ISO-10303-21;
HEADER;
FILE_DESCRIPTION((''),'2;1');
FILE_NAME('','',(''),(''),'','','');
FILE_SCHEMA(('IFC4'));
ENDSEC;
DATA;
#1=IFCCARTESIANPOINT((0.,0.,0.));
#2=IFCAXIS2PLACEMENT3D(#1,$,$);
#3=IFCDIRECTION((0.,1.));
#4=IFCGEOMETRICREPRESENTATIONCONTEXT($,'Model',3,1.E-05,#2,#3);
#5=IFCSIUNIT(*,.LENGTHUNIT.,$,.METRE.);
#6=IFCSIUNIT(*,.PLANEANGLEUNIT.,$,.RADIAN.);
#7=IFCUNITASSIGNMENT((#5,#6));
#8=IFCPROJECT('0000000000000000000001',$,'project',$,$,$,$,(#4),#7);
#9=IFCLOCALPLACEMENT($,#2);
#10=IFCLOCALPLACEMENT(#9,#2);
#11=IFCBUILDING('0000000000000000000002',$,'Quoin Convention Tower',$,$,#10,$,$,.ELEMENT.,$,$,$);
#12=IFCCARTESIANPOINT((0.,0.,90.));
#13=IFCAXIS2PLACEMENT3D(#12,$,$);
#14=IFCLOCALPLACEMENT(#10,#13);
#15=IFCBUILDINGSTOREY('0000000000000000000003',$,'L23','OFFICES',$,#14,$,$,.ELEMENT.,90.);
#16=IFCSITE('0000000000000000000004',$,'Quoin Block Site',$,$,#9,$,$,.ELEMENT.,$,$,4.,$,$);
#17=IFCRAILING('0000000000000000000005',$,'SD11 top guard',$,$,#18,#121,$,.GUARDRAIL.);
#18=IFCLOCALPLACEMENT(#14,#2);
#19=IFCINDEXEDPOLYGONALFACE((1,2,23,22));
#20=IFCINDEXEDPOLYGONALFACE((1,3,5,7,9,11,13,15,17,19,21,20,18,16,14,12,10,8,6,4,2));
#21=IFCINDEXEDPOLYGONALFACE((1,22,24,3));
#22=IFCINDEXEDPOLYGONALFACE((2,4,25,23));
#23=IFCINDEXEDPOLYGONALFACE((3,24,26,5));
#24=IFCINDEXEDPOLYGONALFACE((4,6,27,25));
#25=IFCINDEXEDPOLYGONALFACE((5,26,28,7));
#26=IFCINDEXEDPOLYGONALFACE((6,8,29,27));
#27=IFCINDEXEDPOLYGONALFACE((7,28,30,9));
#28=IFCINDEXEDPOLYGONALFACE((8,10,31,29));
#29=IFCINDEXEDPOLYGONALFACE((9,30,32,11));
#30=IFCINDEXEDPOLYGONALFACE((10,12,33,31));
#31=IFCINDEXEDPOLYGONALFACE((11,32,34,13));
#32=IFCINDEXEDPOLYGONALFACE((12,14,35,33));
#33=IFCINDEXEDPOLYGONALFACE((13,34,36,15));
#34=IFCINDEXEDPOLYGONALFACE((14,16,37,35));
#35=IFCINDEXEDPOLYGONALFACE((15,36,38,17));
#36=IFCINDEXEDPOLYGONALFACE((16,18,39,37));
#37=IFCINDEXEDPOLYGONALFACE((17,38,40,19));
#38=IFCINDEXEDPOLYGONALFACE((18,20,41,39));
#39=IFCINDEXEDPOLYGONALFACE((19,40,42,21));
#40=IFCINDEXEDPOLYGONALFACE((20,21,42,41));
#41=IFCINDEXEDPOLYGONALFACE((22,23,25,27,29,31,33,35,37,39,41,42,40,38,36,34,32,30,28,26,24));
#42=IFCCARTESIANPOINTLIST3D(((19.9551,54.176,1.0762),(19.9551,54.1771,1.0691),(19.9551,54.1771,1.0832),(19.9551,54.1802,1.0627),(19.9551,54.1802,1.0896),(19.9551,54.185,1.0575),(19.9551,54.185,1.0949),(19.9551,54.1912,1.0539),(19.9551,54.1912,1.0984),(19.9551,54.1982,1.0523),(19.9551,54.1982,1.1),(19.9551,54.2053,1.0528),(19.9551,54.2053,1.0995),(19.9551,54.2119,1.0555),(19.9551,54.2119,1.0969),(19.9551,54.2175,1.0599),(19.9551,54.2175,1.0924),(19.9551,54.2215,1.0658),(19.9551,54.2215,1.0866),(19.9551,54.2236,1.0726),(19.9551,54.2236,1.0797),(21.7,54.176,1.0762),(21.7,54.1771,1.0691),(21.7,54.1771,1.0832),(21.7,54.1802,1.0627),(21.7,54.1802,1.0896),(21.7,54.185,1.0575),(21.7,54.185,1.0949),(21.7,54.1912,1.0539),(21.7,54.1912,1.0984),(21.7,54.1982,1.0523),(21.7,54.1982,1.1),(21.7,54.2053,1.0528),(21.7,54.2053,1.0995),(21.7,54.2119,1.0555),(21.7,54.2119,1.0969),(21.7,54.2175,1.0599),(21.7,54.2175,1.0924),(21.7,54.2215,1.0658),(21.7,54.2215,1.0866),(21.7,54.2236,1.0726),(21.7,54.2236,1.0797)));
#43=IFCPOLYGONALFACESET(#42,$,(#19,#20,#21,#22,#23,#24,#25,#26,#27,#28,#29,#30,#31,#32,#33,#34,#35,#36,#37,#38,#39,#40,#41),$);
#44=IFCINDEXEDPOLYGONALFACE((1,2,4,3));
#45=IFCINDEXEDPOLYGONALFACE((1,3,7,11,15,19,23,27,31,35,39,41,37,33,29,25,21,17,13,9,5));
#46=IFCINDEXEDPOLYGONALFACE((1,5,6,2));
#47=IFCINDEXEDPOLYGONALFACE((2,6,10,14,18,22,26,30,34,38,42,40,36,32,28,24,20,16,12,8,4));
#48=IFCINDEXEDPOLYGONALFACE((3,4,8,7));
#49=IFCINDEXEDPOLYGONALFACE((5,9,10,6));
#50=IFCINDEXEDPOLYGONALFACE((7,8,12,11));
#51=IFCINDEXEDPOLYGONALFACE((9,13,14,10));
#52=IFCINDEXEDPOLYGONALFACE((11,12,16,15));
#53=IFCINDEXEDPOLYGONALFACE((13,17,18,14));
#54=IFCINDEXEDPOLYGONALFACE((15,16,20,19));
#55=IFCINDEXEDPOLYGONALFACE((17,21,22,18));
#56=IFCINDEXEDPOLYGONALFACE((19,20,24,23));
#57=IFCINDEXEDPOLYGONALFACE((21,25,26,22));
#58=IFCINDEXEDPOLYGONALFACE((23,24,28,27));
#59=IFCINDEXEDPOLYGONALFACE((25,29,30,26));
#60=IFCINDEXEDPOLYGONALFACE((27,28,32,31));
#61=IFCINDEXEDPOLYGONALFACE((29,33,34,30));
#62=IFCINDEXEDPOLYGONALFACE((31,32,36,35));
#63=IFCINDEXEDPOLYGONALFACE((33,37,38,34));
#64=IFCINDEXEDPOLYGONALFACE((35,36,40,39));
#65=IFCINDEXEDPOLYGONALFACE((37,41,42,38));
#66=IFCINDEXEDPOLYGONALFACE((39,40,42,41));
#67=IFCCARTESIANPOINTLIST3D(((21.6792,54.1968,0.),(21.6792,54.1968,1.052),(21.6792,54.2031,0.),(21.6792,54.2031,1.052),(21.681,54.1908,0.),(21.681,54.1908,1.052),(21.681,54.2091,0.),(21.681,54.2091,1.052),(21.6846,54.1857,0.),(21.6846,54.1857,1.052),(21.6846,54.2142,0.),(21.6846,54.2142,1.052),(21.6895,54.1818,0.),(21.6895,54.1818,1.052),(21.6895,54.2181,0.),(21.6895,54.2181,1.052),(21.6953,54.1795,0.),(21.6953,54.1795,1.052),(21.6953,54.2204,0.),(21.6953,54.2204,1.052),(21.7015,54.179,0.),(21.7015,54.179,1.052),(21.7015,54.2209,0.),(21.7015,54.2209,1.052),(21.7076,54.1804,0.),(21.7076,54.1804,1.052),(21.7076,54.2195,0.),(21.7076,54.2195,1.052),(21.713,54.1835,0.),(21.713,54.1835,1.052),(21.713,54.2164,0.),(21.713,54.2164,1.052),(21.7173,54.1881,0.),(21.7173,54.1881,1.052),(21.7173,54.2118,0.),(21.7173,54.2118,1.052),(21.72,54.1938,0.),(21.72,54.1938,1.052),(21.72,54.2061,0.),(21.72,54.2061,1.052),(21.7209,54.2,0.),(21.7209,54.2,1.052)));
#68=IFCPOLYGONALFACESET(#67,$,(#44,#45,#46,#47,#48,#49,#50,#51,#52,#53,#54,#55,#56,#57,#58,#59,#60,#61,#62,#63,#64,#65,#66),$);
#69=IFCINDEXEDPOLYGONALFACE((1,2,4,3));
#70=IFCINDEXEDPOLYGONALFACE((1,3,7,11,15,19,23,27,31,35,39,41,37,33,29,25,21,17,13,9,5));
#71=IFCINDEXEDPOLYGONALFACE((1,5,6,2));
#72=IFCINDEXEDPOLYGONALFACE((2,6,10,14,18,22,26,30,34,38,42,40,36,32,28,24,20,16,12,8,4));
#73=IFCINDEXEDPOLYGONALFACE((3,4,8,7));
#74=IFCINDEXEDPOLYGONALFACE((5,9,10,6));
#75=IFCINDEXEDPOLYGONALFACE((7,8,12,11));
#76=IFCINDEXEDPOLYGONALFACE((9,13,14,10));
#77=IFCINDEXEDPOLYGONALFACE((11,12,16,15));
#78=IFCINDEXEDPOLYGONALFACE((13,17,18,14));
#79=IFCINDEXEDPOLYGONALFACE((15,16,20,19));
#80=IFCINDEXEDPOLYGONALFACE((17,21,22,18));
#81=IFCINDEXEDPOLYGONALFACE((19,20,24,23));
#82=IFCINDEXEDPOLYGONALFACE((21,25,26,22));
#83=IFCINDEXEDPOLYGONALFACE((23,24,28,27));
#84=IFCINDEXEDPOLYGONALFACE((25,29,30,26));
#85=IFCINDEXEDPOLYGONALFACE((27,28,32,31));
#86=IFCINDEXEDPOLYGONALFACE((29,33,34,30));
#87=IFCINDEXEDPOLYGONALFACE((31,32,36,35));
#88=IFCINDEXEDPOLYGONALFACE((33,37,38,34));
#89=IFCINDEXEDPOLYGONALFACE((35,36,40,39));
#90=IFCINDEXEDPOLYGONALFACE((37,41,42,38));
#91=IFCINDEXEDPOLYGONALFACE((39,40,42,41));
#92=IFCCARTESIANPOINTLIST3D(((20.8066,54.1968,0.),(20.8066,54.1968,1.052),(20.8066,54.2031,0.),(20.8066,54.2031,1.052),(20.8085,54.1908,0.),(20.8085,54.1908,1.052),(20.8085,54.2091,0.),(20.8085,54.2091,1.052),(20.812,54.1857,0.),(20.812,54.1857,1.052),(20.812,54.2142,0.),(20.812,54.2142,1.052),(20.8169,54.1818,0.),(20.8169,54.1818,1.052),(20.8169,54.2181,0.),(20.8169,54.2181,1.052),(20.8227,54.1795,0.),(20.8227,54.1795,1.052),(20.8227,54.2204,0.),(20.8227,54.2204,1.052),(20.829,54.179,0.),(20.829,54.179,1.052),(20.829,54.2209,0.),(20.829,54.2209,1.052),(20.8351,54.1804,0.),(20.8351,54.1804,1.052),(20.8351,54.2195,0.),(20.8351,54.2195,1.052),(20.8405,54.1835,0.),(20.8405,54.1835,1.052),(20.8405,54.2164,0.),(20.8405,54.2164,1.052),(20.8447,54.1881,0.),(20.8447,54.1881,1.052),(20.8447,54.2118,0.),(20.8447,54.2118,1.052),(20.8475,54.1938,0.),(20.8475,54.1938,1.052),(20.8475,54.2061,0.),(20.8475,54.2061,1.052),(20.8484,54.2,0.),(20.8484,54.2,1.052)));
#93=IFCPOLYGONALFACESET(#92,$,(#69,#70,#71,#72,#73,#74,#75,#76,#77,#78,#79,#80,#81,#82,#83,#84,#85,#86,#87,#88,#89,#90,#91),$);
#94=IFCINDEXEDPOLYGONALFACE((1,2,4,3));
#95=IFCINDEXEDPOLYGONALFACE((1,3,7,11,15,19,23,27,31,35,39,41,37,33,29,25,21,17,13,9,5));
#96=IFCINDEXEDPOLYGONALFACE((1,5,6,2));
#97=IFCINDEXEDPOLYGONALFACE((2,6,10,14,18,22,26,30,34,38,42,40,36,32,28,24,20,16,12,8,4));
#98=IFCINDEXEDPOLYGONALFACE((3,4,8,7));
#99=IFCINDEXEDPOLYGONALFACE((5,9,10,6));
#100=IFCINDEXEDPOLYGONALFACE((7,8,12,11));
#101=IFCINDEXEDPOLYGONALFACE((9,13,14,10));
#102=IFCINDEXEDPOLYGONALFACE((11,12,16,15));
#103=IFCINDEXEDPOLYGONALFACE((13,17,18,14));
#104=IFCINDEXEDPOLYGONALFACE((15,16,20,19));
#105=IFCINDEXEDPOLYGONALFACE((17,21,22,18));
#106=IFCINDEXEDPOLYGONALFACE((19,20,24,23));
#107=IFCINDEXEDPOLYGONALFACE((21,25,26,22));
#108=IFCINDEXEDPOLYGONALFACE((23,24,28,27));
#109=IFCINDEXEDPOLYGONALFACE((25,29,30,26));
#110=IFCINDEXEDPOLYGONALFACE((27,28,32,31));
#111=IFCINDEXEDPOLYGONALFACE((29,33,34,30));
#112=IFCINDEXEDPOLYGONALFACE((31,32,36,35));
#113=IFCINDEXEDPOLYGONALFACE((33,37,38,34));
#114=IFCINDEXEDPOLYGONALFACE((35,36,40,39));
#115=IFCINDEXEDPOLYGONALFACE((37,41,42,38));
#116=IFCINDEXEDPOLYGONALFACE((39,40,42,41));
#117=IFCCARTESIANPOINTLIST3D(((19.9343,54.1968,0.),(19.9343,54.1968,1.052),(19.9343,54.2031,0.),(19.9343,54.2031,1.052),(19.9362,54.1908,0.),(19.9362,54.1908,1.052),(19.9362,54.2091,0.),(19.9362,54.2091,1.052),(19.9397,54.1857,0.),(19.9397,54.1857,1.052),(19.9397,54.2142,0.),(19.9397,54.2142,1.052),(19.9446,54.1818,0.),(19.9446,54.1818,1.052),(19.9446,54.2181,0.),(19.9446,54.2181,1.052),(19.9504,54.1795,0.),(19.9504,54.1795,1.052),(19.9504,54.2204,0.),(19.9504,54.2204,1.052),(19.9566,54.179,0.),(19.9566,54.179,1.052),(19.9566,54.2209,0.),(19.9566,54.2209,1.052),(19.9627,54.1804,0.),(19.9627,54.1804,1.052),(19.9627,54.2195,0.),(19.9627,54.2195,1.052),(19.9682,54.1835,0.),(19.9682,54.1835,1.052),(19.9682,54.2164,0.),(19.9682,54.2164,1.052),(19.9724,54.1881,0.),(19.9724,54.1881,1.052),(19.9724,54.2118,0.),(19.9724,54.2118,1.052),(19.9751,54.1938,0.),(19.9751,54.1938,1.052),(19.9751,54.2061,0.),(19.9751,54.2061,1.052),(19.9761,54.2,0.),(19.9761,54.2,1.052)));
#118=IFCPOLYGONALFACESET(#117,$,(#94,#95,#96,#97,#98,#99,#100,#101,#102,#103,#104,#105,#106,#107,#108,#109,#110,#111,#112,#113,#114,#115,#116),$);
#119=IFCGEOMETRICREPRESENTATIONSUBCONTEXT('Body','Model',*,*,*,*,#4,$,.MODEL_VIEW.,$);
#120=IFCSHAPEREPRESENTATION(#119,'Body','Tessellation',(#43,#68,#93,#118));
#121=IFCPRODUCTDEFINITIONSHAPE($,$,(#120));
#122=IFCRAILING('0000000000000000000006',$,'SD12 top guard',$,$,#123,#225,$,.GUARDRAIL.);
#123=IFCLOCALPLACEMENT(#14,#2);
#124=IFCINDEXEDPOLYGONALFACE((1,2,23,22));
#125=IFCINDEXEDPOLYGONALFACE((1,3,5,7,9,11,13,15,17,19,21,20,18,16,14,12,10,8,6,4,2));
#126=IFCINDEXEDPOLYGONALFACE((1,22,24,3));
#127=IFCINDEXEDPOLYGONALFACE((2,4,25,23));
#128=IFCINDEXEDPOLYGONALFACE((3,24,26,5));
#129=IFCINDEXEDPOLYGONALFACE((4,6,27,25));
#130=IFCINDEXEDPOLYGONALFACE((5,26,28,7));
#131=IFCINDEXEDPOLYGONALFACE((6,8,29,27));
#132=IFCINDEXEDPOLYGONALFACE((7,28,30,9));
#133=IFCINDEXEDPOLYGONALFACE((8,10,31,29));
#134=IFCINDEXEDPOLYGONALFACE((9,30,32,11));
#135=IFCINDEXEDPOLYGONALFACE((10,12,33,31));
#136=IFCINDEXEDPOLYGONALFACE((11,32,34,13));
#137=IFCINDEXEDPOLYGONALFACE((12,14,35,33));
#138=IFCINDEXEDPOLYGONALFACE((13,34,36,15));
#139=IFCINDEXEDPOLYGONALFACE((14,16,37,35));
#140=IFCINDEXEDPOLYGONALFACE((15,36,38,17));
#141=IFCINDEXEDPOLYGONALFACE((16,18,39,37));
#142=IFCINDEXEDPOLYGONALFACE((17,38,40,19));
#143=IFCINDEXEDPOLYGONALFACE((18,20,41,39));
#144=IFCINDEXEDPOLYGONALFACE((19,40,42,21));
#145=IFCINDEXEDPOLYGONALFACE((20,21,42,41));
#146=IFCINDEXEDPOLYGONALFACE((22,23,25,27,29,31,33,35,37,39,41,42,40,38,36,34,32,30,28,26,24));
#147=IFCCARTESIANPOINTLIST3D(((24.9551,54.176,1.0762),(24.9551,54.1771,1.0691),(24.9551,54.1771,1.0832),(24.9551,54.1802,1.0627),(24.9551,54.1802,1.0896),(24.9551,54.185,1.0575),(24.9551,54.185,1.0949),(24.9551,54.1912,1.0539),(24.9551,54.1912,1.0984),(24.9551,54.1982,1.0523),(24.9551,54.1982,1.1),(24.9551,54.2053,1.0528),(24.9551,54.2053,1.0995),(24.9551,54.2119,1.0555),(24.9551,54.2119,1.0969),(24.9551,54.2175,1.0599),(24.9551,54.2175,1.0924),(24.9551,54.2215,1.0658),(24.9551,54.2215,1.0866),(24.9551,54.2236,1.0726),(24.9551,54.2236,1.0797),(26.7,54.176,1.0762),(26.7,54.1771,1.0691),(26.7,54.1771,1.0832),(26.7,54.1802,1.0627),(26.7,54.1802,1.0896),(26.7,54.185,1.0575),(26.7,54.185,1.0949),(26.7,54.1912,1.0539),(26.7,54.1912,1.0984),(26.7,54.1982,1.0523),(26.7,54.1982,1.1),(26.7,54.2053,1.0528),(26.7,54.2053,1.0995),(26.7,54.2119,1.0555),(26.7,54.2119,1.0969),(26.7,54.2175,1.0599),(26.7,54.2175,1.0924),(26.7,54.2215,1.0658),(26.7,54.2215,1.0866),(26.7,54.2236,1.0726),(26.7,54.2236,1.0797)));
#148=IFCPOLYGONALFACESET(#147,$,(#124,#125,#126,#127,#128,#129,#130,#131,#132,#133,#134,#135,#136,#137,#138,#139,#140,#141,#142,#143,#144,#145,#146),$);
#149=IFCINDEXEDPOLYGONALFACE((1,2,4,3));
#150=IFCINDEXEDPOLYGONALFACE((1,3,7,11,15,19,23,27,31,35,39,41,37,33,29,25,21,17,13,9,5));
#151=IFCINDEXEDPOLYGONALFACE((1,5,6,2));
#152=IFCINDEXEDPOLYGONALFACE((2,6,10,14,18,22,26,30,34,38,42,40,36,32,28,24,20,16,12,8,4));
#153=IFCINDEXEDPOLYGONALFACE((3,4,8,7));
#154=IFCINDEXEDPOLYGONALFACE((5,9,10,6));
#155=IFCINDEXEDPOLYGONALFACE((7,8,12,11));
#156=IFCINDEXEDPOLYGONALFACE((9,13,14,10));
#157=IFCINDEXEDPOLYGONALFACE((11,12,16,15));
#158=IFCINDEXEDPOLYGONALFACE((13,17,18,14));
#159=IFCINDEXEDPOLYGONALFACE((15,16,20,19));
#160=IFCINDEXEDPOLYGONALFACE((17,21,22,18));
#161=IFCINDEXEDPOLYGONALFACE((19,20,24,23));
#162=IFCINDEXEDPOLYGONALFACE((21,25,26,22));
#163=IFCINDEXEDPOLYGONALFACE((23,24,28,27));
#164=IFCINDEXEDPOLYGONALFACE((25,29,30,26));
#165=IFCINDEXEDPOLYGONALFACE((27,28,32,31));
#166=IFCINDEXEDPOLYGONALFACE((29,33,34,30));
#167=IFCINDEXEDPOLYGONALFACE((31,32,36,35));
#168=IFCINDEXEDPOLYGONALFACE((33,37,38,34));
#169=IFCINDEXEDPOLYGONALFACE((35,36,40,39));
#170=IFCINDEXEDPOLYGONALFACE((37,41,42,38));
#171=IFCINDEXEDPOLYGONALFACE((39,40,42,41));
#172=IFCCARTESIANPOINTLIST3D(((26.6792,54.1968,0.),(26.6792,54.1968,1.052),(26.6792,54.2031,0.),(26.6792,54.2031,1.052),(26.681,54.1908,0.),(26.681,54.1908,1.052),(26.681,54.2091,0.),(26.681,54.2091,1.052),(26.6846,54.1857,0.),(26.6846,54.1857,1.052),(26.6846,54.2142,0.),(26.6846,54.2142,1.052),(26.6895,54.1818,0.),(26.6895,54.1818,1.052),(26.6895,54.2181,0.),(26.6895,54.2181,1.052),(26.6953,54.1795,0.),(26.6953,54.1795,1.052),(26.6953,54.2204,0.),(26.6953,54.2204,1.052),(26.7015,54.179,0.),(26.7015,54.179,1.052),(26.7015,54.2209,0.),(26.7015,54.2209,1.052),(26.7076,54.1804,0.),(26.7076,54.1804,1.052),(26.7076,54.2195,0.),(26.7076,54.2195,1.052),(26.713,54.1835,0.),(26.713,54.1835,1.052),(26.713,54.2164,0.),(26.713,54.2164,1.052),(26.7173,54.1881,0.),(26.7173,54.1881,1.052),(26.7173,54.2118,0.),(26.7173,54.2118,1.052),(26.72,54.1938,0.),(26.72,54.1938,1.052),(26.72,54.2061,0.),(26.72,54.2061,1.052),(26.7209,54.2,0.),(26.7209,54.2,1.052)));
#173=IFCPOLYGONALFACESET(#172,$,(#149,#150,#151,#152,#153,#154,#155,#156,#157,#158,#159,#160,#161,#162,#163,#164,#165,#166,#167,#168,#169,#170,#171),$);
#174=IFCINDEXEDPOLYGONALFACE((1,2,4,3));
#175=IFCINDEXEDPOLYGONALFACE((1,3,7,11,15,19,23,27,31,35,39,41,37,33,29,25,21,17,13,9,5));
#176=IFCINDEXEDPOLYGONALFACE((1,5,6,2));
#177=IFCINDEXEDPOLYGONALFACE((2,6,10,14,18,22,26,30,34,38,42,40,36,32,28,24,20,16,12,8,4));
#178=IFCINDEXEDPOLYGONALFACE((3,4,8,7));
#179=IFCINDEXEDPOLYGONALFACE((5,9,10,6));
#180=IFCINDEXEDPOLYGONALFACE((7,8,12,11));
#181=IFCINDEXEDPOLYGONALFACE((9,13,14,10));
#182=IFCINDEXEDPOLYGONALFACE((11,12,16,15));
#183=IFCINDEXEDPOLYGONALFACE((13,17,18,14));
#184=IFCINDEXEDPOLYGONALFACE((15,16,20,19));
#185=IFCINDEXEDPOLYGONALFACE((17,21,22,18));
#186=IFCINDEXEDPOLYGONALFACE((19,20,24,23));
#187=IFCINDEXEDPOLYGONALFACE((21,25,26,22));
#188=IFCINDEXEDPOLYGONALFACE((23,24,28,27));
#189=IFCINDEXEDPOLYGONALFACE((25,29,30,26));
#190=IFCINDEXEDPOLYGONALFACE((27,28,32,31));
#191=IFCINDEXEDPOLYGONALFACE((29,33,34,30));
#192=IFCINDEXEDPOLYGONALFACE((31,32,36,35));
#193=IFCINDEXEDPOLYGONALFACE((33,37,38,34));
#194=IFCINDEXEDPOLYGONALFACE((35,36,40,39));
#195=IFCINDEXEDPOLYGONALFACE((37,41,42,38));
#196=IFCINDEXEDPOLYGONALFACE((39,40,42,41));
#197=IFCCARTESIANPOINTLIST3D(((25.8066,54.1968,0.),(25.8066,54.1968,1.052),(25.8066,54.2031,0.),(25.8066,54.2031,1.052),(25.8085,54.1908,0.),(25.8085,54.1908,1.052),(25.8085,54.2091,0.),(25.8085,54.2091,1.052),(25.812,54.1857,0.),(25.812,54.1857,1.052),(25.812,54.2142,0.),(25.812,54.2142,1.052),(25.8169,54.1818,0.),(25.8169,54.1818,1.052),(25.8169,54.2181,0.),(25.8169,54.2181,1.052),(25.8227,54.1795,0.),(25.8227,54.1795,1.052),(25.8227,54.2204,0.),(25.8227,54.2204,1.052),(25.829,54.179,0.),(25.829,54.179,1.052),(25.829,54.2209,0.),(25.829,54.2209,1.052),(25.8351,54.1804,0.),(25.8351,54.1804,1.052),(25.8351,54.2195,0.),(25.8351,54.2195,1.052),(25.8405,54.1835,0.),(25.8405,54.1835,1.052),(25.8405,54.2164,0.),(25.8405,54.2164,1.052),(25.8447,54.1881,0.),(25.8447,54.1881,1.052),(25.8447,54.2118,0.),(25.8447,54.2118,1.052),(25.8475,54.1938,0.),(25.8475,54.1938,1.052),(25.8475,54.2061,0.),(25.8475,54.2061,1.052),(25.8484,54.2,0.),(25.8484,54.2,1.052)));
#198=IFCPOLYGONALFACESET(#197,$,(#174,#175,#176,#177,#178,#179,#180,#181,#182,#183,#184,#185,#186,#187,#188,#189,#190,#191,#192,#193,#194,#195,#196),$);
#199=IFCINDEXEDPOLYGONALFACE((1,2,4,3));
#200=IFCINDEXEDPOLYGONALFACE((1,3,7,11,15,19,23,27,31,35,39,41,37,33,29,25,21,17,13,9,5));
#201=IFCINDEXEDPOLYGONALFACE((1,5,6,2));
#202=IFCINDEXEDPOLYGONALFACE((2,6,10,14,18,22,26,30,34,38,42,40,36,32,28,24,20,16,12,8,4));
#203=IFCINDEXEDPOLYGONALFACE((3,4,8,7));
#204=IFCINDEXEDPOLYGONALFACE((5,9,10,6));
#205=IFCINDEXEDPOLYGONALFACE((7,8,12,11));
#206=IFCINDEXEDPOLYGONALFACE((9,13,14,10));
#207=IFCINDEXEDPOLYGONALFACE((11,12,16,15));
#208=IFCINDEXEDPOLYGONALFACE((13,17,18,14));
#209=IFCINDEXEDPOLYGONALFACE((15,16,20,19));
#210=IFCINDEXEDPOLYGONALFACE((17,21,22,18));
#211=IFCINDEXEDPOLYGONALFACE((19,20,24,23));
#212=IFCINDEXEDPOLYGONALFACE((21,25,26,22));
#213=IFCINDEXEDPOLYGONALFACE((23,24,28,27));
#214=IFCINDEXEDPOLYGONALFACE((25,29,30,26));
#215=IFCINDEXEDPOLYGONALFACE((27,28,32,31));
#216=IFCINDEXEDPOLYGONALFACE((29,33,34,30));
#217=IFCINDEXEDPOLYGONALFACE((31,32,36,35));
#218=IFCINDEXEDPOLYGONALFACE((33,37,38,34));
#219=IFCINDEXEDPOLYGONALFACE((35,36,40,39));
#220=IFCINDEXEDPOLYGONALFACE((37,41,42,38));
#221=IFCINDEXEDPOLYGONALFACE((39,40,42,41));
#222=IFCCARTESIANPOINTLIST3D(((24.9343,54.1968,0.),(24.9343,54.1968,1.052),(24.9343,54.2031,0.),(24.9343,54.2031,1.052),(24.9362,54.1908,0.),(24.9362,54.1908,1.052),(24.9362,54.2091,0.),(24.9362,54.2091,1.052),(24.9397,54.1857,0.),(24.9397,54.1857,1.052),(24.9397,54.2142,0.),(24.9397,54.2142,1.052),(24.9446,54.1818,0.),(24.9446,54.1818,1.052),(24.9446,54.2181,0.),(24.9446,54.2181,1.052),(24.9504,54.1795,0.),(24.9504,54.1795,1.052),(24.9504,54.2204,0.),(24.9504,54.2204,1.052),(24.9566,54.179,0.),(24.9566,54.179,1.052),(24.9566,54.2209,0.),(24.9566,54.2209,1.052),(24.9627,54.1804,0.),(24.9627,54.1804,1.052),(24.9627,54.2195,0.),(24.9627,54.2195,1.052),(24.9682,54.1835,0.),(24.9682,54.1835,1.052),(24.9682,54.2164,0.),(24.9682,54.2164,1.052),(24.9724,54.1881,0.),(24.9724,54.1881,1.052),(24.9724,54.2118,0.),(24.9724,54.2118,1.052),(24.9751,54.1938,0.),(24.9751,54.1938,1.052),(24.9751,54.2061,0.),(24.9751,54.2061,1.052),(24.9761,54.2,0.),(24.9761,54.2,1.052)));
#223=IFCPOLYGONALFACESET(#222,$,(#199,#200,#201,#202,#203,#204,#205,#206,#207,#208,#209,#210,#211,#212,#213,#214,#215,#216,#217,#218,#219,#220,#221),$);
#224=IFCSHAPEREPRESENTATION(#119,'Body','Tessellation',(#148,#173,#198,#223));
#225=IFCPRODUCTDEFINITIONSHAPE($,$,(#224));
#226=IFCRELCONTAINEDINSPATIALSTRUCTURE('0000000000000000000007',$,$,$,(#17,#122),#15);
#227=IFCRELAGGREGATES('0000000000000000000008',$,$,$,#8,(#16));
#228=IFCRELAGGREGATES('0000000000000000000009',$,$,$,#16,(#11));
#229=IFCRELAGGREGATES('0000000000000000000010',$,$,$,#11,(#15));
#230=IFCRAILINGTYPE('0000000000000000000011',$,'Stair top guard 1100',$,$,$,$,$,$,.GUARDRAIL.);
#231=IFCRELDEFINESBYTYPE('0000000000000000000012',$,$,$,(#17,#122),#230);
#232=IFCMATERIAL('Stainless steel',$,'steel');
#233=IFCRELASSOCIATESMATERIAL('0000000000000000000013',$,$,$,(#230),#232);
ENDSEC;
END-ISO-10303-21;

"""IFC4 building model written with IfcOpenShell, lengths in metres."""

from ifc_helpers import new_model, si_unit, direction, frame, origin, origin_2d, place, context, subcontext, project, spatial, circle, extrude, material, type_object, element, save


model = new_model("IFC4")

# Units and contexts
model_context = context("Model", 3, precision=1e-05, world=origin(), true_north=direction((0.0, 1.0)))
body_context = subcontext(model_context, "Body", "Model", "MODEL_VIEW")
ifc_project = project(units=[si_unit("LENGTHUNIT", "METRE"), si_unit("PLANEANGLEUNIT", "RADIAN")], contexts=[model_context])

# Site, building, storey
site_placement = place(None, origin())
site = spatial("IfcSite", under=ifc_project, at=site_placement, Name="Quoin Block Site", CompositionType="ELEMENT", RefElevation=4.0)
building_placement = place(site_placement, origin())
building = spatial("IfcBuilding", under=site, at=building_placement, Name="Quoin Convention Tower", CompositionType="ELEMENT")
storey_placement = place(building_placement, frame((0.0, 0.0, 90.0)))
storey = spatial("IfcBuildingStorey", under=building, at=storey_placement, Name="L23", Description="OFFICES", CompositionType="ELEMENT", Elevation=90.0)

# Railings
ifc_material_1 = material(Name="Stainless steel", Category="steel")
railing_type_1 = type_object("IfcRailingType", Name="Stair top guard 1100", PredefinedType="GUARDRAIL", material=ifc_material_1)
for number, where, name in (
    (1, (21.7, 54.2, 0.0), "SD11 top guard"),
    (2, (26.7, 54.2, 0.0), "SD12 top guard"),
):
    element("IfcRailing", number, at=place(storey_placement, frame(where)), inside=storey, type_object=railing_type_1, Name=name, PredefinedType="GUARDRAIL", context=body_context, shape_type="SweptSolid", body=[
        extrude(circle(Radius=0.0239, at=origin_2d()), frame((0.0, 0.0, 1.0762), z_axis=(-1.0, 0.0, 0.0), x_axis=(0.0, -1.0, 0.0)), (0.0, 0.0, 1.0), 1.7449),
        extrude(circle(Radius=0.021, at=origin_2d()), origin(), (0.0, 0.0, 1.0), 1.052),
        extrude(circle(Radius=0.021, at=origin_2d()), frame((-0.8726, 0.0, 0.0)), (0.0, 0.0, 1.0), 1.052),
        extrude(circle(Radius=0.021, at=origin_2d()), frame((-1.7449, 0.0, 0.0)), (0.0, 0.0, 1.0), 1.052),
    ])

save(model, "model.ifc")
